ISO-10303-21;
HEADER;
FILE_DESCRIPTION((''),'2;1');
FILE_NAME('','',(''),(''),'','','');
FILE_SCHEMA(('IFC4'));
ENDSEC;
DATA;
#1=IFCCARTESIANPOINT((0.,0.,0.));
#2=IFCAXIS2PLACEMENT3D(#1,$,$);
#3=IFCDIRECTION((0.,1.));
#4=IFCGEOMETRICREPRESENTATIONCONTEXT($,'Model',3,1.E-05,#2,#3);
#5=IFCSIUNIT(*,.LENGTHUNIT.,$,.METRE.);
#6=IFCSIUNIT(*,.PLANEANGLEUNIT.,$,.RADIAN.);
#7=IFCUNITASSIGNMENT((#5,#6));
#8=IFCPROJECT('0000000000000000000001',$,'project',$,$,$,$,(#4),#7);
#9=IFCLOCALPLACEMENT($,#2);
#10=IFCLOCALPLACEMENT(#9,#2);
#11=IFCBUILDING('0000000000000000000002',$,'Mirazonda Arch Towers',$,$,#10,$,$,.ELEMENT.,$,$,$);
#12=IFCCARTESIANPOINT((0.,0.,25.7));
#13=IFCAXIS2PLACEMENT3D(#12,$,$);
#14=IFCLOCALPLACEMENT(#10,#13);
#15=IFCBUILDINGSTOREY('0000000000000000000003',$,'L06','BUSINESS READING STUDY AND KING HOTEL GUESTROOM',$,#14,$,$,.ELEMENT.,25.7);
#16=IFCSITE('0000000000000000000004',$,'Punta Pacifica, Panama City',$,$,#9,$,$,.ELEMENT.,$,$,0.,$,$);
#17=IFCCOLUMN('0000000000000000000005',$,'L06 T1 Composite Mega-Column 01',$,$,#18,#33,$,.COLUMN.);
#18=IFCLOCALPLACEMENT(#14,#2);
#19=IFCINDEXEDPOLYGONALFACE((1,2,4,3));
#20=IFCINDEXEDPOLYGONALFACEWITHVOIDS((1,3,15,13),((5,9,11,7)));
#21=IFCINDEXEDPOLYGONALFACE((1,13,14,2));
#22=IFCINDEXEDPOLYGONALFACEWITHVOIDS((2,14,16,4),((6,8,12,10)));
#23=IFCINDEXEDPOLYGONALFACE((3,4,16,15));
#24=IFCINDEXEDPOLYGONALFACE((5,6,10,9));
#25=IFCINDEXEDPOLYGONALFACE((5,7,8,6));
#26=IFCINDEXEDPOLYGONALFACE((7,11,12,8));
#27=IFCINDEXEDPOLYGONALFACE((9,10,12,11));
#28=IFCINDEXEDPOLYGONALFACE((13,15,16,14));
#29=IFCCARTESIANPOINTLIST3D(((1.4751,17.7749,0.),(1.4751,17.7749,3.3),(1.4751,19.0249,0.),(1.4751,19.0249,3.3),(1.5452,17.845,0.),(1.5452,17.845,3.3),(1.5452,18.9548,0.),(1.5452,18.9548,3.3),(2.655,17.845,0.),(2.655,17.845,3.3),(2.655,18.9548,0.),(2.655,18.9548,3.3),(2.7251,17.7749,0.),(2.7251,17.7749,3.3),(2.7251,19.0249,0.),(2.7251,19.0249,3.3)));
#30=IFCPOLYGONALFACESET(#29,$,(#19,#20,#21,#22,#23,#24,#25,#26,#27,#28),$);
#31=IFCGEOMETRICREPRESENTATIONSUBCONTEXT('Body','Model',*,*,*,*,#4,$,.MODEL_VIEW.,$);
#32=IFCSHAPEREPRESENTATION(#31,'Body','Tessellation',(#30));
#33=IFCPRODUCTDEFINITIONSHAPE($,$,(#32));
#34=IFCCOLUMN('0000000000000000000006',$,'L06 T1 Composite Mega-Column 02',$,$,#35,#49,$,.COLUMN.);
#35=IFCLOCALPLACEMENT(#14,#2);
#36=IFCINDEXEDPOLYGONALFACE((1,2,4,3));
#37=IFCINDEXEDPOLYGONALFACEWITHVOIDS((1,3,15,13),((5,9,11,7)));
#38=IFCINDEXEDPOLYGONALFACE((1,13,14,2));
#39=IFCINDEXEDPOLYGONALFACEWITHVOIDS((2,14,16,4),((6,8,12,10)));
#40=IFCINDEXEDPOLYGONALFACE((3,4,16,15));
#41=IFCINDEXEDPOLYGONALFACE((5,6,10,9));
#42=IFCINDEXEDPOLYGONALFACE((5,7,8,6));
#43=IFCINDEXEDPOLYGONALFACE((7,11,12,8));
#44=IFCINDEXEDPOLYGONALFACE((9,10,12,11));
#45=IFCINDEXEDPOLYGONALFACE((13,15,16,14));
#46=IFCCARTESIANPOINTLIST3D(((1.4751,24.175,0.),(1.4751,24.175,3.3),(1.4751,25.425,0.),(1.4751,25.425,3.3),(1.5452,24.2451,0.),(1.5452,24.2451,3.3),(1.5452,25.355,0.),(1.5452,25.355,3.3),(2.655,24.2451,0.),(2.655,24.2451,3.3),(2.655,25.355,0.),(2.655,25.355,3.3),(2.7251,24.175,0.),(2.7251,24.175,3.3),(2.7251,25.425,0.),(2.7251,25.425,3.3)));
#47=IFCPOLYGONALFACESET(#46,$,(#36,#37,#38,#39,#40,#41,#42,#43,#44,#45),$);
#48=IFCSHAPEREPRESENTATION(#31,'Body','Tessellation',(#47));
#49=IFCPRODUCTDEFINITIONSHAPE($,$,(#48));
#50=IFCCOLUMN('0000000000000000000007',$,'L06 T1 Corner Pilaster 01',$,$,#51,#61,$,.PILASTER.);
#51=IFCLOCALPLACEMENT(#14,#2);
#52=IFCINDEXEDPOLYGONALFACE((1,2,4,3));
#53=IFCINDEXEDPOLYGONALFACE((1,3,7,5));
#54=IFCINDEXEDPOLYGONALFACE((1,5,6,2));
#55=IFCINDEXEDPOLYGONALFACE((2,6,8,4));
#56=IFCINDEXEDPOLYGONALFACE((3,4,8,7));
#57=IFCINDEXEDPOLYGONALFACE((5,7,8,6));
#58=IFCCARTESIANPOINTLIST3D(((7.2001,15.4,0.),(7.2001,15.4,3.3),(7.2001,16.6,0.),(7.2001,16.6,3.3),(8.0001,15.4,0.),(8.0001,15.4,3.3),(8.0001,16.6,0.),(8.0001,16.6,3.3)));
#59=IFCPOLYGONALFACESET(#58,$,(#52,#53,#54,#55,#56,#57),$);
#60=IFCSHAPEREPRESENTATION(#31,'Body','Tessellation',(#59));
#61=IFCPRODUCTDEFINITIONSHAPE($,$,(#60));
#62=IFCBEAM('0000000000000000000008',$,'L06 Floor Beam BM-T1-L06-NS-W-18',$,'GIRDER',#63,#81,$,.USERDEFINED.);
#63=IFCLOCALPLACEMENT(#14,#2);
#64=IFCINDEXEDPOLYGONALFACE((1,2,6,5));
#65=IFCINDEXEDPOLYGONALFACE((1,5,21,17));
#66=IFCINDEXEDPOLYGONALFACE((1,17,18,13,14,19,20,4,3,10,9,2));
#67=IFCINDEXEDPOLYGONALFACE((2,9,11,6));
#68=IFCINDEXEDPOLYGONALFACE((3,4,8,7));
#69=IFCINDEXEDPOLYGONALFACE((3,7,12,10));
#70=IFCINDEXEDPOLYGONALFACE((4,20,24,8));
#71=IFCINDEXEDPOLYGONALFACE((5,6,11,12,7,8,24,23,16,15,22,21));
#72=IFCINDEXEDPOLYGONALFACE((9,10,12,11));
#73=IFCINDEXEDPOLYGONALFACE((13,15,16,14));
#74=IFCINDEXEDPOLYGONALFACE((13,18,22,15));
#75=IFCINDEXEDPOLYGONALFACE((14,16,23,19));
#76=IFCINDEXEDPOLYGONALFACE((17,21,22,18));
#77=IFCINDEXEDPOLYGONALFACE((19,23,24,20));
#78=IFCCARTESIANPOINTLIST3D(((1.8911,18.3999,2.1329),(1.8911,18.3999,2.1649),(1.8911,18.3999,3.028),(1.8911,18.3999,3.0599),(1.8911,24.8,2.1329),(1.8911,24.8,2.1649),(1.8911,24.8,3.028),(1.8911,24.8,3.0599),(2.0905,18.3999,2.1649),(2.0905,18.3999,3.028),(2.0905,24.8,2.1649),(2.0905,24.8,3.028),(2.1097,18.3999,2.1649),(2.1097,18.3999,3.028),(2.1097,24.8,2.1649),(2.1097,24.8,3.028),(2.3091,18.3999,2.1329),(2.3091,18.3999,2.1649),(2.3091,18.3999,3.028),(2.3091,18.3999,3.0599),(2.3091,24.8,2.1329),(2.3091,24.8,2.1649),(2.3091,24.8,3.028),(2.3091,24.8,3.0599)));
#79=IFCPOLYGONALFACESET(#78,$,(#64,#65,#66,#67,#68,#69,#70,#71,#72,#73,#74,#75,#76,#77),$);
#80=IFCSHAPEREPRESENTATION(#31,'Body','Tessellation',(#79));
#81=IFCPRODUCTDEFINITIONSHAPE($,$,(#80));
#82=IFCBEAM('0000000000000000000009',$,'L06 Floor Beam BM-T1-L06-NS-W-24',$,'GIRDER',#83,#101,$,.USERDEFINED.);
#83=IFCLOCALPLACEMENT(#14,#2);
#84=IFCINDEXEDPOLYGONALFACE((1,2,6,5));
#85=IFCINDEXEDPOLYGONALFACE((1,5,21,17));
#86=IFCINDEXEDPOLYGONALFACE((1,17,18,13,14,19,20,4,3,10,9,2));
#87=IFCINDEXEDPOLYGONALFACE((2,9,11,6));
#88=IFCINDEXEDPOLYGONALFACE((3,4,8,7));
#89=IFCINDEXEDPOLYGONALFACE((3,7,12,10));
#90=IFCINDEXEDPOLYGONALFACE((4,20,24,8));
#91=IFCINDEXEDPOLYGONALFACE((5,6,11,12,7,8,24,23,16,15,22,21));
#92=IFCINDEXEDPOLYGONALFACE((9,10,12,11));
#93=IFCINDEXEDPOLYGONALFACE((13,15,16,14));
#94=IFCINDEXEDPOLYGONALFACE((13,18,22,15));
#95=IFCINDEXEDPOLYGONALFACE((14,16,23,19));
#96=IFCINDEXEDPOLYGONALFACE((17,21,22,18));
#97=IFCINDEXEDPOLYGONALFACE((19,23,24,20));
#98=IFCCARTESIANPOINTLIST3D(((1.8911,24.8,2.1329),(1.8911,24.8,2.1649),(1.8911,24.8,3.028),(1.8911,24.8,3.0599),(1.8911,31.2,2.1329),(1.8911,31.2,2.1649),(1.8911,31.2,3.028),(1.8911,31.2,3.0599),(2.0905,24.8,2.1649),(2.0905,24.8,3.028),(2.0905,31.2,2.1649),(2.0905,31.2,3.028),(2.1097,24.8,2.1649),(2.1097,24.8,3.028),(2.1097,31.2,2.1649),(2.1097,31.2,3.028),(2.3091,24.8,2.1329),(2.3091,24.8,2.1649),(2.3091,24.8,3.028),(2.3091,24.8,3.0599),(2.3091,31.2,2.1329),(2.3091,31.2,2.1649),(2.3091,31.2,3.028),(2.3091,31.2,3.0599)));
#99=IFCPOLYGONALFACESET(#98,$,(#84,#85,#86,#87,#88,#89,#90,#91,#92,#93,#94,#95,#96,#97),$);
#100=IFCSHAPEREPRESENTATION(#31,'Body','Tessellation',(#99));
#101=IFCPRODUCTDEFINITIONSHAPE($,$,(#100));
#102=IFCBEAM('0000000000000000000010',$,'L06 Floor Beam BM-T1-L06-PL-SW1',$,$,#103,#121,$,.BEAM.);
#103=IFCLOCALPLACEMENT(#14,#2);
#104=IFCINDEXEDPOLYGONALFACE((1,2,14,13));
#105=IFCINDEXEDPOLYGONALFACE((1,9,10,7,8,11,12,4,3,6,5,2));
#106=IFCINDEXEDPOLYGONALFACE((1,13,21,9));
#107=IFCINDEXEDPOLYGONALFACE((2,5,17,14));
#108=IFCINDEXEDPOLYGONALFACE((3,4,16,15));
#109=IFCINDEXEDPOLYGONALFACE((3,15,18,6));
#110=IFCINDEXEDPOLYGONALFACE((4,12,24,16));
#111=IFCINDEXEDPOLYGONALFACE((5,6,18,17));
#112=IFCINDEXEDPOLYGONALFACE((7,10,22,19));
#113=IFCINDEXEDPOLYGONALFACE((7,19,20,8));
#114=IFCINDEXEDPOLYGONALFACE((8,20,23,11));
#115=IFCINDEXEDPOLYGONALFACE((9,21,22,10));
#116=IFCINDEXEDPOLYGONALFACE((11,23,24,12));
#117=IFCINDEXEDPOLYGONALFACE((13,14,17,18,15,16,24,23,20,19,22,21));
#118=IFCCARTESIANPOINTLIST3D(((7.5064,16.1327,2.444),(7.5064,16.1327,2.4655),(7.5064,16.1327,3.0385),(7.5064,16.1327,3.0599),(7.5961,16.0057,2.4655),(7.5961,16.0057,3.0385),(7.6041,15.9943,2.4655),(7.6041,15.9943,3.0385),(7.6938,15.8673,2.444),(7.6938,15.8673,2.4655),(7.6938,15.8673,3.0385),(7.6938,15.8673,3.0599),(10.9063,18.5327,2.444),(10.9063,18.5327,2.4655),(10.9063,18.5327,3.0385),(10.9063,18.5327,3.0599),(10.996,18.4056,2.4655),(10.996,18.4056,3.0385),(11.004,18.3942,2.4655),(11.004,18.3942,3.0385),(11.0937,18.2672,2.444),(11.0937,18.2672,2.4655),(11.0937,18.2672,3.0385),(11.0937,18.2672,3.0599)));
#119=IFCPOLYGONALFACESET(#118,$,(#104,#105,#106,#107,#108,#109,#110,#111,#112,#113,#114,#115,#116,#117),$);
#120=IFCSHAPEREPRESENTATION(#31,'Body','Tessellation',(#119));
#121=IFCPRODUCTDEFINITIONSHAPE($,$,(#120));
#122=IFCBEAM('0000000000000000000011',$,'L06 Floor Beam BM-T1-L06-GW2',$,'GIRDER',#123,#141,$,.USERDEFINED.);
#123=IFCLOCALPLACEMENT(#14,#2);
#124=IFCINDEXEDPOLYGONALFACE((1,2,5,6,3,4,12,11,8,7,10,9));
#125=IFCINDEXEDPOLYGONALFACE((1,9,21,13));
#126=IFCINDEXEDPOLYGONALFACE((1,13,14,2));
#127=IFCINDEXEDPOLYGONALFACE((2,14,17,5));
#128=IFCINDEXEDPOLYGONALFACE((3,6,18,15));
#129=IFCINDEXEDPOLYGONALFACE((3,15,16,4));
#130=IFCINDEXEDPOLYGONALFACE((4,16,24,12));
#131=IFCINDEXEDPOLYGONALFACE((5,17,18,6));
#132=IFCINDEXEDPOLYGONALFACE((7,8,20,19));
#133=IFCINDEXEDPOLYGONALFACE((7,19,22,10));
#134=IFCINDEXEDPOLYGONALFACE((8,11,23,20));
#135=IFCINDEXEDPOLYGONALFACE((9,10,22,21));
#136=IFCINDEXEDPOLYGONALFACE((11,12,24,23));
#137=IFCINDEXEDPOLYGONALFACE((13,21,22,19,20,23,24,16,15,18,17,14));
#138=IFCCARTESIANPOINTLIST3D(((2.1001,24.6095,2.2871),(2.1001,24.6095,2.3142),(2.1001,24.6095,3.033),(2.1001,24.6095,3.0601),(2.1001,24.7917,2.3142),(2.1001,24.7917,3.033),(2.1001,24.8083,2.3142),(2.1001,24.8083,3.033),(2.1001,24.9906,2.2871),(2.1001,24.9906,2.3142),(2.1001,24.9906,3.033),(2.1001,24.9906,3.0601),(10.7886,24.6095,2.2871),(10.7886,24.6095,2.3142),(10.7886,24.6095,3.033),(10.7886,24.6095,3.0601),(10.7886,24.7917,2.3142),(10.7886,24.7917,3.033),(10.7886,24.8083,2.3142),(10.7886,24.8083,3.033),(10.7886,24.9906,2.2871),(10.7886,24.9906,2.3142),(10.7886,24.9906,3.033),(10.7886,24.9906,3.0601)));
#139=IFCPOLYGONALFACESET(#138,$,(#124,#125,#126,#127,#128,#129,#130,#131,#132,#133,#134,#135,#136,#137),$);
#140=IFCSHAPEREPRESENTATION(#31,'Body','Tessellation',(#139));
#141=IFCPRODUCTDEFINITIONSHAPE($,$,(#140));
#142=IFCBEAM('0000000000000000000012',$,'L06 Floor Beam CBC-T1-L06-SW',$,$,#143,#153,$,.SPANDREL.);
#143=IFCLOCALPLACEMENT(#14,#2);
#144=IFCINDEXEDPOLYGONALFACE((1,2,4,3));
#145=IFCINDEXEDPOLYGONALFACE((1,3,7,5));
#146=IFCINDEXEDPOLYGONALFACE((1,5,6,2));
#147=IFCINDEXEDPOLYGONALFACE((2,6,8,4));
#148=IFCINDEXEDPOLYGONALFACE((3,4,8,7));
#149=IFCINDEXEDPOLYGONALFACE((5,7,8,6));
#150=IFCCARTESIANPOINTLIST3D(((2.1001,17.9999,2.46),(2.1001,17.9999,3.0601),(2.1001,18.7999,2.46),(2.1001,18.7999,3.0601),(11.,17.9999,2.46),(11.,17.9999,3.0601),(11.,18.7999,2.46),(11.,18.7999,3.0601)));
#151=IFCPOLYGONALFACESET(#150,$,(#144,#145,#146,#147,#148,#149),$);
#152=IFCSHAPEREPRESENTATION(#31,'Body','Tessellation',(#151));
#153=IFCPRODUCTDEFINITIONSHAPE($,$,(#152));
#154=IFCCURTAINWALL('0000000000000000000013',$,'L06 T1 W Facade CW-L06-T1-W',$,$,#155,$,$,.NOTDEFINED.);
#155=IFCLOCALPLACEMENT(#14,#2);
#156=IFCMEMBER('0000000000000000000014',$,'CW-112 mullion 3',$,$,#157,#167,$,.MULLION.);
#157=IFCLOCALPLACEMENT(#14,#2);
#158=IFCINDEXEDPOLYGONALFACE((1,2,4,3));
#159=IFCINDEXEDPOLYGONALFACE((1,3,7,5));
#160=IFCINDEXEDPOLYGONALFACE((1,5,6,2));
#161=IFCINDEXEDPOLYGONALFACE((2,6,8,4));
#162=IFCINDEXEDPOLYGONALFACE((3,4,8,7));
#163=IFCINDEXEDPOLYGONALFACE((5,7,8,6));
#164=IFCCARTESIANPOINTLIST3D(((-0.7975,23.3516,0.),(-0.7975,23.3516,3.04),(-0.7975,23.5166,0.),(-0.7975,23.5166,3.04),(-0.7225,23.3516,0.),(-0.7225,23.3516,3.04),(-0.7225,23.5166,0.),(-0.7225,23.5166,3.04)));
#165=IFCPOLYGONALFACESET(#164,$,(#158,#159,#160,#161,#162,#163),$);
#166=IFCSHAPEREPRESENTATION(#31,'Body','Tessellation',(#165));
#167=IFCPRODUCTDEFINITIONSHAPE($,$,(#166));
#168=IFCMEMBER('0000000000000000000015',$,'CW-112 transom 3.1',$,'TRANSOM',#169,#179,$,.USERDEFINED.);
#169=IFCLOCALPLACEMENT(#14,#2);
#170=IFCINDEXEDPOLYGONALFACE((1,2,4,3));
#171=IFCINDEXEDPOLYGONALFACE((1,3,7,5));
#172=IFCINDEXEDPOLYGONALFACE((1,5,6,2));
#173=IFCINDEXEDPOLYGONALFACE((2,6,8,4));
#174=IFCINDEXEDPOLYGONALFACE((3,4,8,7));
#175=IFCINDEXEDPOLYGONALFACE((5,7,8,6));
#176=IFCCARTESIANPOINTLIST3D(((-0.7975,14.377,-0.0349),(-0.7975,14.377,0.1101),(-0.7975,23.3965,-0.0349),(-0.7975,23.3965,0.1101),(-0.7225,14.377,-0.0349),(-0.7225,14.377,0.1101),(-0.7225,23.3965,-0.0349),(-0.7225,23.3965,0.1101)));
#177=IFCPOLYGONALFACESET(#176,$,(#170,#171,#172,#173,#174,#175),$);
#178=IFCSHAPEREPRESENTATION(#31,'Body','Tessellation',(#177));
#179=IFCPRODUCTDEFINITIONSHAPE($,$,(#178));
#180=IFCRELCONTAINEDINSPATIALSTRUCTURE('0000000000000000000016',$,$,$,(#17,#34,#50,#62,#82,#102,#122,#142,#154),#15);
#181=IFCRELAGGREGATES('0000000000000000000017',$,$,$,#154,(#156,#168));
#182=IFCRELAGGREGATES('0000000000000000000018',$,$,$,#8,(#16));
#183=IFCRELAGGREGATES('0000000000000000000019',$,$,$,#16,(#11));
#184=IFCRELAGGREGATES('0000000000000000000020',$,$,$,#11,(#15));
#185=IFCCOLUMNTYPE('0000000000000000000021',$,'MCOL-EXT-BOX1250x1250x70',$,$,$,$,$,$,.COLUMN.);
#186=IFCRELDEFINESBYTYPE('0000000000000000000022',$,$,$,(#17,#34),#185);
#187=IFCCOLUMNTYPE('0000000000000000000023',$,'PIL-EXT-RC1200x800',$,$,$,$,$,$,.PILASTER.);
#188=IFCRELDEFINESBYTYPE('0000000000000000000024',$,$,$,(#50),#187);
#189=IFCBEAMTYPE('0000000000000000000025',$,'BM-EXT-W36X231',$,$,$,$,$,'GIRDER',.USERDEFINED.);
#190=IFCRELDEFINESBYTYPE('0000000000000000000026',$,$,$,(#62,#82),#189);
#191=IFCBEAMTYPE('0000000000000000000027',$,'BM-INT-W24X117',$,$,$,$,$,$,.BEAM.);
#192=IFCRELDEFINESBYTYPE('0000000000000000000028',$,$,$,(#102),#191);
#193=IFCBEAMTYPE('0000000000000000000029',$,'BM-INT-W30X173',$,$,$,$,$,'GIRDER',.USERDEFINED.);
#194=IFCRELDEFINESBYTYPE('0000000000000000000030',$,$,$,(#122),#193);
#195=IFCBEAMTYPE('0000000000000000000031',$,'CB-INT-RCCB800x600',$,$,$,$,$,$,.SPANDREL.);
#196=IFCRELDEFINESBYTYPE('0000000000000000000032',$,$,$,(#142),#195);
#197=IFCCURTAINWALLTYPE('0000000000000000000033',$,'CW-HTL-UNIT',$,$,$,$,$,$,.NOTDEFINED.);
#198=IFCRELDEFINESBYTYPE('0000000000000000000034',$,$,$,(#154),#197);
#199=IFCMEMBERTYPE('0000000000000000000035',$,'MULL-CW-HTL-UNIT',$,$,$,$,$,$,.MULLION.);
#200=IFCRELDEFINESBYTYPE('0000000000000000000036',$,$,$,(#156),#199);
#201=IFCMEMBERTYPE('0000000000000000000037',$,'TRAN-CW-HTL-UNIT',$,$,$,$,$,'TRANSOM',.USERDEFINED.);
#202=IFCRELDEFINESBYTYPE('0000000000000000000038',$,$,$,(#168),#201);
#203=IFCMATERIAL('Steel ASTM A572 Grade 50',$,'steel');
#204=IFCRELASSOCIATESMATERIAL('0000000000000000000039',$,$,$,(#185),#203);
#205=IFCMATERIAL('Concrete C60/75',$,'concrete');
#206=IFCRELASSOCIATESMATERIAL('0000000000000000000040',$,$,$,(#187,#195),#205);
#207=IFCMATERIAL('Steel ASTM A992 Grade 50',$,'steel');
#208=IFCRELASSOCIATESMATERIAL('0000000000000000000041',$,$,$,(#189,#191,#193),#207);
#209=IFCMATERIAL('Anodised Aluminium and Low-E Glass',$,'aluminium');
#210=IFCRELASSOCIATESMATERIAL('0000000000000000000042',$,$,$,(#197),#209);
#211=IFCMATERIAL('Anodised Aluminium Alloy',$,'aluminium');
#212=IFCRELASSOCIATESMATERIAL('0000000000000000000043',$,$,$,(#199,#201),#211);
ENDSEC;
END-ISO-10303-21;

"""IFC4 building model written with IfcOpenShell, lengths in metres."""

from ifc_helpers import new_model, si_unit, direction, frame, origin, origin_2d, place, context, subcontext, project, spatial, rectangle, hollow_rectangle, i_section, extrude, material, material_profile, profile_set, type_object, element, aggregate, save


model = new_model("IFC4")

# Units and contexts
model_context = context("Model", 3, precision=1e-05, world=origin(), true_north=direction((0.0, 1.0)))
body_context = subcontext(model_context, "Body", "Model", "MODEL_VIEW")
ifc_project = project(units=[si_unit("LENGTHUNIT", "METRE"), si_unit("PLANEANGLEUNIT", "RADIAN")], contexts=[model_context])

# Site, building, storey
site_placement = place(None, origin())
site = spatial("IfcSite", under=ifc_project, at=site_placement, Name="Punta Pacifica, Panama City", CompositionType="ELEMENT", RefElevation=0.0)
building_placement = place(site_placement, origin())
building = spatial("IfcBuilding", under=site, at=building_placement, Name="Mirazonda Arch Towers", CompositionType="ELEMENT")
storey_placement = place(building_placement, frame((0.0, 0.0, 25.7)))
storey = spatial("IfcBuildingStorey", under=building, at=storey_placement, Name="L06", Description="BUSINESS READING STUDY AND KING HOTEL GUESTROOM", CompositionType="ELEMENT", Elevation=25.7)

# Columns
ifc_material_1 = material(Name="Steel ASTM A572 Grade 50", Category="steel")
ifc_material_profile_1 = material_profile(ifc_material_1, hollow_rectangle(XDim=1.25, YDim=1.25, WallThickness=0.0701, at=origin_2d()), Name="BOX1250x1250x70")
ifc_profile_set_1 = profile_set([ifc_material_profile_1], Name="Steel ASTM A572 Grade 50")
column_type_1 = type_object("IfcColumnType", Name="MCOL-EXT-BOX1250x1250x70", PredefinedType="COLUMN", material=ifc_profile_set_1)
for number, where, z_axis, x_axis, name in (
    (1, (2.1001, 18.3999, 0.0), (0.0, 0.0, 1.0), (1.0, 0.0, 0.0), "L06 T1 Composite Mega-Column 01"),
    (2, (2.1001, 24.8, 0.0), (0.0, 0.0, 1.0), (1.0, 0.0, 0.0), "L06 T1 Composite Mega-Column 02"),
):
    element("IfcColumn", number, at=place(storey_placement, frame(where, z_axis=z_axis, x_axis=x_axis)), inside=storey, type_object=column_type_1, Name=name, PredefinedType="COLUMN", context=body_context, shape_type="SweptSolid", body=[
        extrude(hollow_rectangle(XDim=1.25, YDim=1.25, WallThickness=0.0701, at=origin_2d()), origin(), (0.0, 0.0, 1.0), 3.3),
    ])
ifc_material_2 = material(Name="Concrete C60/75", Category="concrete")
ifc_material_profile_2 = material_profile(ifc_material_2, rectangle(XDim=0.8, YDim=1.2, at=origin_2d()), Name="RC1200x800")
ifc_profile_set_2 = profile_set([ifc_material_profile_2], Name="Concrete C60/75")
column_type_2 = type_object("IfcColumnType", Name="PIL-EXT-RC1200x800", PredefinedType="PILASTER", material=ifc_profile_set_2)
column_placement = place(storey_placement, frame((7.6001, 16.0, 0.0), z_axis=(0.0, 0.0, 1.0), x_axis=(1.0, 0.0, 0.0)))
element("IfcColumn", 3, at=column_placement, inside=storey, type_object=column_type_2, Name="L06 T1 Corner Pilaster 01", PredefinedType="PILASTER", context=body_context, shape_type="SweptSolid", body=[
    extrude(rectangle(XDim=0.8, YDim=1.2, at=origin_2d()), origin(), (0.0, 0.0, 1.0), 3.3),
])

# Beams
ifc_material_3 = material(Name="Steel ASTM A992 Grade 50", Category="steel")
ifc_material_profile_3 = material_profile(ifc_material_3, i_section(OverallWidth=0.418, OverallDepth=0.927, WebThickness=0.0193, FlangeThickness=0.032, at=origin_2d()), Name="W36X231")
ifc_profile_set_3 = profile_set([ifc_material_profile_3], Name="Steel ASTM A992 Grade 50")
beam_type_1 = type_object("IfcBeamType", Name="BM-EXT-W36X231", ElementType="GIRDER", PredefinedType="USERDEFINED", material=ifc_profile_set_3)
beam_1_placement = place(storey_placement, frame((2.1001, 18.3999, 2.5964), z_axis=(0.0, 1.0, 0.0), x_axis=(-1.0, 0.0, 0.0)))
element("IfcBeam", 4, at=beam_1_placement, inside=storey, type_object=beam_type_1, Name="L06 Floor Beam BM-T1-L06-NS-W-18", ObjectType="GIRDER", PredefinedType="USERDEFINED", context=body_context, shape_type="SweptSolid", body=[
    extrude(i_section(OverallWidth=0.418, OverallDepth=0.927, WebThickness=0.0193, FlangeThickness=0.032, at=origin_2d()), origin(), (0.0, 0.0, 1.0), 6.4001),
])
beam_2_placement = place(storey_placement, frame((2.1001, 24.8, 2.5964), z_axis=(0.0, 1.0, 0.0), x_axis=(-1.0, 0.0, 0.0)))
element("IfcBeam", 5, at=beam_2_placement, inside=storey, type_object=beam_type_1, Name="L06 Floor Beam BM-T1-L06-NS-W-24", ObjectType="GIRDER", PredefinedType="USERDEFINED", context=body_context, shape_type="SweptSolid", body=[
    extrude(i_section(OverallWidth=0.418, OverallDepth=0.927, WebThickness=0.0193, FlangeThickness=0.032, at=origin_2d()), origin(), (0.0, 0.0, 1.0), 6.3999),
])
ifc_material_profile_4 = material_profile(ifc_material_3, i_section(OverallWidth=0.325, OverallDepth=0.616, WebThickness=0.0139, FlangeThickness=0.0215, at=origin_2d()), Name="W24X117")
ifc_profile_set_4 = profile_set([ifc_material_profile_4], Name="Steel ASTM A992 Grade 50")
beam_type_2 = type_object("IfcBeamType", Name="BM-INT-W24X117", PredefinedType="BEAM", material=ifc_profile_set_4)
beam_3_placement = place(storey_placement, frame((7.6001, 16.0, 2.752), z_axis=(0.816971, 0.576679, 0.0), x_axis=(-0.576679, 0.816971, 0.0)))
element("IfcBeam", 6, at=beam_3_placement, inside=storey, type_object=beam_type_2, Name="L06 Floor Beam BM-T1-L06-PL-SW1", PredefinedType="BEAM", context=body_context, shape_type="SweptSolid", body=[
    extrude(i_section(OverallWidth=0.325, OverallDepth=0.616, WebThickness=0.0139, FlangeThickness=0.0215, at=origin_2d()), origin(), (0.0, 0.0, 1.0), 4.1616),
])
ifc_material_profile_5 = material_profile(ifc_material_3, i_section(OverallWidth=0.3811, OverallDepth=0.7729, WebThickness=0.0166, FlangeThickness=0.0271, at=origin_2d()), Name="W30X173")
ifc_profile_set_5 = profile_set([ifc_material_profile_5], Name="Steel ASTM A992 Grade 50")
beam_type_3 = type_object("IfcBeamType", Name="BM-INT-W30X173", ElementType="GIRDER", PredefinedType="USERDEFINED", material=ifc_profile_set_5)
beam_4_placement = place(storey_placement, frame((2.1001, 24.8, 2.6736), z_axis=(1.0, 0.0, 0.0), x_axis=(0.0, 1.0, 0.0)))
element("IfcBeam", 7, at=beam_4_placement, inside=storey, type_object=beam_type_3, Name="L06 Floor Beam BM-T1-L06-GW2", ObjectType="GIRDER", PredefinedType="USERDEFINED", context=body_context, shape_type="SweptSolid", body=[
    extrude(i_section(OverallWidth=0.3811, OverallDepth=0.7729, WebThickness=0.0166, FlangeThickness=0.0271, at=origin_2d()), origin(), (0.0, 0.0, 1.0), 8.6885),
])
ifc_material_profile_6 = material_profile(ifc_material_2, rectangle(XDim=0.8, YDim=0.6001, at=origin_2d()), Name="RCCB800x600")
ifc_profile_set_6 = profile_set([ifc_material_profile_6], Name="Concrete C60/75")
beam_type_4 = type_object("IfcBeamType", Name="CB-INT-RCCB800x600", PredefinedType="SPANDREL", material=ifc_profile_set_6)
beam_5_placement = place(storey_placement, frame((2.1001, 18.3999, 2.76), z_axis=(1.0, 0.0, 0.0), x_axis=(0.0, 1.0, 0.0)))
element("IfcBeam", 8, at=beam_5_placement, inside=storey, type_object=beam_type_4, Name="L06 Floor Beam CBC-T1-L06-SW", PredefinedType="SPANDREL", context=body_context, shape_type="SweptSolid", body=[
    extrude(rectangle(XDim=0.8, YDim=0.6001, at=origin_2d()), origin(), (0.0, 0.0, 1.0), 8.8999),
])

# Curtain wall, members
ifc_material_4 = material(Name="Anodised Aluminium and Low-E Glass", Category="aluminium")
curtain_wall_type = type_object("IfcCurtainWallType", Name="CW-HTL-UNIT", PredefinedType="NOTDEFINED", material=ifc_material_4)
curtain_wall_placement = place(storey_placement, origin())
curtain_wall = element("IfcCurtainWall", 9, at=curtain_wall_placement, inside=storey, type_object=curtain_wall_type, Name="L06 T1 W Facade CW-L06-T1-W", PredefinedType="NOTDEFINED")
ifc_material_5 = material(Name="Anodised Aluminium Alloy", Category="aluminium")
ifc_material_profile_7 = material_profile(ifc_material_5, rectangle(XDim=0.075, YDim=0.165, at=origin_2d()), Name="ALU-MULL-75x165")
ifc_profile_set_7 = profile_set([ifc_material_profile_7], Name="Anodised Aluminium Alloy")
member_type_1 = type_object("IfcMemberType", Name="MULL-CW-HTL-UNIT", PredefinedType="MULLION", material=ifc_profile_set_7)
member_1_placement = place(storey_placement, frame((-0.76, 23.4341, 0.0), z_axis=(0.0, 0.0, 1.0), x_axis=(1.0, 0.0, 0.0)))
member_1 = element("IfcMember", 10, at=member_1_placement, type_object=member_type_1, Name="CW-112 mullion 3", PredefinedType="MULLION", context=body_context, shape_type="SweptSolid", body=[
    extrude(rectangle(XDim=0.075, YDim=0.165, at=origin_2d()), origin(), (0.0, 0.0, 1.0), 3.04),
])
ifc_material_profile_8 = material_profile(ifc_material_5, rectangle(XDim=0.075, YDim=0.145, at=origin_2d()), Name="ALU-TRAN-75x145")
ifc_profile_set_8 = profile_set([ifc_material_profile_8], Name="Anodised Aluminium Alloy")
member_type_2 = type_object("IfcMemberType", Name="TRAN-CW-HTL-UNIT", ElementType="TRANSOM", PredefinedType="USERDEFINED", material=ifc_profile_set_8)
member_2_placement = place(storey_placement, frame((-0.76, 23.3965, 0.0376), z_axis=(0.0, -1.0, 0.0), x_axis=(1.0, 0.0, 0.0)))
member_2 = element("IfcMember", 11, at=member_2_placement, type_object=member_type_2, Name="CW-112 transom 3.1", ObjectType="TRANSOM", PredefinedType="USERDEFINED", context=body_context, shape_type="SweptSolid", body=[
    extrude(rectangle(XDim=0.075, YDim=0.145, at=origin_2d()), origin(), (0.0, 0.0, 1.0), 9.0195),
])
aggregate(curtain_wall, [member_1, member_2])

save(model, "model.ifc")
